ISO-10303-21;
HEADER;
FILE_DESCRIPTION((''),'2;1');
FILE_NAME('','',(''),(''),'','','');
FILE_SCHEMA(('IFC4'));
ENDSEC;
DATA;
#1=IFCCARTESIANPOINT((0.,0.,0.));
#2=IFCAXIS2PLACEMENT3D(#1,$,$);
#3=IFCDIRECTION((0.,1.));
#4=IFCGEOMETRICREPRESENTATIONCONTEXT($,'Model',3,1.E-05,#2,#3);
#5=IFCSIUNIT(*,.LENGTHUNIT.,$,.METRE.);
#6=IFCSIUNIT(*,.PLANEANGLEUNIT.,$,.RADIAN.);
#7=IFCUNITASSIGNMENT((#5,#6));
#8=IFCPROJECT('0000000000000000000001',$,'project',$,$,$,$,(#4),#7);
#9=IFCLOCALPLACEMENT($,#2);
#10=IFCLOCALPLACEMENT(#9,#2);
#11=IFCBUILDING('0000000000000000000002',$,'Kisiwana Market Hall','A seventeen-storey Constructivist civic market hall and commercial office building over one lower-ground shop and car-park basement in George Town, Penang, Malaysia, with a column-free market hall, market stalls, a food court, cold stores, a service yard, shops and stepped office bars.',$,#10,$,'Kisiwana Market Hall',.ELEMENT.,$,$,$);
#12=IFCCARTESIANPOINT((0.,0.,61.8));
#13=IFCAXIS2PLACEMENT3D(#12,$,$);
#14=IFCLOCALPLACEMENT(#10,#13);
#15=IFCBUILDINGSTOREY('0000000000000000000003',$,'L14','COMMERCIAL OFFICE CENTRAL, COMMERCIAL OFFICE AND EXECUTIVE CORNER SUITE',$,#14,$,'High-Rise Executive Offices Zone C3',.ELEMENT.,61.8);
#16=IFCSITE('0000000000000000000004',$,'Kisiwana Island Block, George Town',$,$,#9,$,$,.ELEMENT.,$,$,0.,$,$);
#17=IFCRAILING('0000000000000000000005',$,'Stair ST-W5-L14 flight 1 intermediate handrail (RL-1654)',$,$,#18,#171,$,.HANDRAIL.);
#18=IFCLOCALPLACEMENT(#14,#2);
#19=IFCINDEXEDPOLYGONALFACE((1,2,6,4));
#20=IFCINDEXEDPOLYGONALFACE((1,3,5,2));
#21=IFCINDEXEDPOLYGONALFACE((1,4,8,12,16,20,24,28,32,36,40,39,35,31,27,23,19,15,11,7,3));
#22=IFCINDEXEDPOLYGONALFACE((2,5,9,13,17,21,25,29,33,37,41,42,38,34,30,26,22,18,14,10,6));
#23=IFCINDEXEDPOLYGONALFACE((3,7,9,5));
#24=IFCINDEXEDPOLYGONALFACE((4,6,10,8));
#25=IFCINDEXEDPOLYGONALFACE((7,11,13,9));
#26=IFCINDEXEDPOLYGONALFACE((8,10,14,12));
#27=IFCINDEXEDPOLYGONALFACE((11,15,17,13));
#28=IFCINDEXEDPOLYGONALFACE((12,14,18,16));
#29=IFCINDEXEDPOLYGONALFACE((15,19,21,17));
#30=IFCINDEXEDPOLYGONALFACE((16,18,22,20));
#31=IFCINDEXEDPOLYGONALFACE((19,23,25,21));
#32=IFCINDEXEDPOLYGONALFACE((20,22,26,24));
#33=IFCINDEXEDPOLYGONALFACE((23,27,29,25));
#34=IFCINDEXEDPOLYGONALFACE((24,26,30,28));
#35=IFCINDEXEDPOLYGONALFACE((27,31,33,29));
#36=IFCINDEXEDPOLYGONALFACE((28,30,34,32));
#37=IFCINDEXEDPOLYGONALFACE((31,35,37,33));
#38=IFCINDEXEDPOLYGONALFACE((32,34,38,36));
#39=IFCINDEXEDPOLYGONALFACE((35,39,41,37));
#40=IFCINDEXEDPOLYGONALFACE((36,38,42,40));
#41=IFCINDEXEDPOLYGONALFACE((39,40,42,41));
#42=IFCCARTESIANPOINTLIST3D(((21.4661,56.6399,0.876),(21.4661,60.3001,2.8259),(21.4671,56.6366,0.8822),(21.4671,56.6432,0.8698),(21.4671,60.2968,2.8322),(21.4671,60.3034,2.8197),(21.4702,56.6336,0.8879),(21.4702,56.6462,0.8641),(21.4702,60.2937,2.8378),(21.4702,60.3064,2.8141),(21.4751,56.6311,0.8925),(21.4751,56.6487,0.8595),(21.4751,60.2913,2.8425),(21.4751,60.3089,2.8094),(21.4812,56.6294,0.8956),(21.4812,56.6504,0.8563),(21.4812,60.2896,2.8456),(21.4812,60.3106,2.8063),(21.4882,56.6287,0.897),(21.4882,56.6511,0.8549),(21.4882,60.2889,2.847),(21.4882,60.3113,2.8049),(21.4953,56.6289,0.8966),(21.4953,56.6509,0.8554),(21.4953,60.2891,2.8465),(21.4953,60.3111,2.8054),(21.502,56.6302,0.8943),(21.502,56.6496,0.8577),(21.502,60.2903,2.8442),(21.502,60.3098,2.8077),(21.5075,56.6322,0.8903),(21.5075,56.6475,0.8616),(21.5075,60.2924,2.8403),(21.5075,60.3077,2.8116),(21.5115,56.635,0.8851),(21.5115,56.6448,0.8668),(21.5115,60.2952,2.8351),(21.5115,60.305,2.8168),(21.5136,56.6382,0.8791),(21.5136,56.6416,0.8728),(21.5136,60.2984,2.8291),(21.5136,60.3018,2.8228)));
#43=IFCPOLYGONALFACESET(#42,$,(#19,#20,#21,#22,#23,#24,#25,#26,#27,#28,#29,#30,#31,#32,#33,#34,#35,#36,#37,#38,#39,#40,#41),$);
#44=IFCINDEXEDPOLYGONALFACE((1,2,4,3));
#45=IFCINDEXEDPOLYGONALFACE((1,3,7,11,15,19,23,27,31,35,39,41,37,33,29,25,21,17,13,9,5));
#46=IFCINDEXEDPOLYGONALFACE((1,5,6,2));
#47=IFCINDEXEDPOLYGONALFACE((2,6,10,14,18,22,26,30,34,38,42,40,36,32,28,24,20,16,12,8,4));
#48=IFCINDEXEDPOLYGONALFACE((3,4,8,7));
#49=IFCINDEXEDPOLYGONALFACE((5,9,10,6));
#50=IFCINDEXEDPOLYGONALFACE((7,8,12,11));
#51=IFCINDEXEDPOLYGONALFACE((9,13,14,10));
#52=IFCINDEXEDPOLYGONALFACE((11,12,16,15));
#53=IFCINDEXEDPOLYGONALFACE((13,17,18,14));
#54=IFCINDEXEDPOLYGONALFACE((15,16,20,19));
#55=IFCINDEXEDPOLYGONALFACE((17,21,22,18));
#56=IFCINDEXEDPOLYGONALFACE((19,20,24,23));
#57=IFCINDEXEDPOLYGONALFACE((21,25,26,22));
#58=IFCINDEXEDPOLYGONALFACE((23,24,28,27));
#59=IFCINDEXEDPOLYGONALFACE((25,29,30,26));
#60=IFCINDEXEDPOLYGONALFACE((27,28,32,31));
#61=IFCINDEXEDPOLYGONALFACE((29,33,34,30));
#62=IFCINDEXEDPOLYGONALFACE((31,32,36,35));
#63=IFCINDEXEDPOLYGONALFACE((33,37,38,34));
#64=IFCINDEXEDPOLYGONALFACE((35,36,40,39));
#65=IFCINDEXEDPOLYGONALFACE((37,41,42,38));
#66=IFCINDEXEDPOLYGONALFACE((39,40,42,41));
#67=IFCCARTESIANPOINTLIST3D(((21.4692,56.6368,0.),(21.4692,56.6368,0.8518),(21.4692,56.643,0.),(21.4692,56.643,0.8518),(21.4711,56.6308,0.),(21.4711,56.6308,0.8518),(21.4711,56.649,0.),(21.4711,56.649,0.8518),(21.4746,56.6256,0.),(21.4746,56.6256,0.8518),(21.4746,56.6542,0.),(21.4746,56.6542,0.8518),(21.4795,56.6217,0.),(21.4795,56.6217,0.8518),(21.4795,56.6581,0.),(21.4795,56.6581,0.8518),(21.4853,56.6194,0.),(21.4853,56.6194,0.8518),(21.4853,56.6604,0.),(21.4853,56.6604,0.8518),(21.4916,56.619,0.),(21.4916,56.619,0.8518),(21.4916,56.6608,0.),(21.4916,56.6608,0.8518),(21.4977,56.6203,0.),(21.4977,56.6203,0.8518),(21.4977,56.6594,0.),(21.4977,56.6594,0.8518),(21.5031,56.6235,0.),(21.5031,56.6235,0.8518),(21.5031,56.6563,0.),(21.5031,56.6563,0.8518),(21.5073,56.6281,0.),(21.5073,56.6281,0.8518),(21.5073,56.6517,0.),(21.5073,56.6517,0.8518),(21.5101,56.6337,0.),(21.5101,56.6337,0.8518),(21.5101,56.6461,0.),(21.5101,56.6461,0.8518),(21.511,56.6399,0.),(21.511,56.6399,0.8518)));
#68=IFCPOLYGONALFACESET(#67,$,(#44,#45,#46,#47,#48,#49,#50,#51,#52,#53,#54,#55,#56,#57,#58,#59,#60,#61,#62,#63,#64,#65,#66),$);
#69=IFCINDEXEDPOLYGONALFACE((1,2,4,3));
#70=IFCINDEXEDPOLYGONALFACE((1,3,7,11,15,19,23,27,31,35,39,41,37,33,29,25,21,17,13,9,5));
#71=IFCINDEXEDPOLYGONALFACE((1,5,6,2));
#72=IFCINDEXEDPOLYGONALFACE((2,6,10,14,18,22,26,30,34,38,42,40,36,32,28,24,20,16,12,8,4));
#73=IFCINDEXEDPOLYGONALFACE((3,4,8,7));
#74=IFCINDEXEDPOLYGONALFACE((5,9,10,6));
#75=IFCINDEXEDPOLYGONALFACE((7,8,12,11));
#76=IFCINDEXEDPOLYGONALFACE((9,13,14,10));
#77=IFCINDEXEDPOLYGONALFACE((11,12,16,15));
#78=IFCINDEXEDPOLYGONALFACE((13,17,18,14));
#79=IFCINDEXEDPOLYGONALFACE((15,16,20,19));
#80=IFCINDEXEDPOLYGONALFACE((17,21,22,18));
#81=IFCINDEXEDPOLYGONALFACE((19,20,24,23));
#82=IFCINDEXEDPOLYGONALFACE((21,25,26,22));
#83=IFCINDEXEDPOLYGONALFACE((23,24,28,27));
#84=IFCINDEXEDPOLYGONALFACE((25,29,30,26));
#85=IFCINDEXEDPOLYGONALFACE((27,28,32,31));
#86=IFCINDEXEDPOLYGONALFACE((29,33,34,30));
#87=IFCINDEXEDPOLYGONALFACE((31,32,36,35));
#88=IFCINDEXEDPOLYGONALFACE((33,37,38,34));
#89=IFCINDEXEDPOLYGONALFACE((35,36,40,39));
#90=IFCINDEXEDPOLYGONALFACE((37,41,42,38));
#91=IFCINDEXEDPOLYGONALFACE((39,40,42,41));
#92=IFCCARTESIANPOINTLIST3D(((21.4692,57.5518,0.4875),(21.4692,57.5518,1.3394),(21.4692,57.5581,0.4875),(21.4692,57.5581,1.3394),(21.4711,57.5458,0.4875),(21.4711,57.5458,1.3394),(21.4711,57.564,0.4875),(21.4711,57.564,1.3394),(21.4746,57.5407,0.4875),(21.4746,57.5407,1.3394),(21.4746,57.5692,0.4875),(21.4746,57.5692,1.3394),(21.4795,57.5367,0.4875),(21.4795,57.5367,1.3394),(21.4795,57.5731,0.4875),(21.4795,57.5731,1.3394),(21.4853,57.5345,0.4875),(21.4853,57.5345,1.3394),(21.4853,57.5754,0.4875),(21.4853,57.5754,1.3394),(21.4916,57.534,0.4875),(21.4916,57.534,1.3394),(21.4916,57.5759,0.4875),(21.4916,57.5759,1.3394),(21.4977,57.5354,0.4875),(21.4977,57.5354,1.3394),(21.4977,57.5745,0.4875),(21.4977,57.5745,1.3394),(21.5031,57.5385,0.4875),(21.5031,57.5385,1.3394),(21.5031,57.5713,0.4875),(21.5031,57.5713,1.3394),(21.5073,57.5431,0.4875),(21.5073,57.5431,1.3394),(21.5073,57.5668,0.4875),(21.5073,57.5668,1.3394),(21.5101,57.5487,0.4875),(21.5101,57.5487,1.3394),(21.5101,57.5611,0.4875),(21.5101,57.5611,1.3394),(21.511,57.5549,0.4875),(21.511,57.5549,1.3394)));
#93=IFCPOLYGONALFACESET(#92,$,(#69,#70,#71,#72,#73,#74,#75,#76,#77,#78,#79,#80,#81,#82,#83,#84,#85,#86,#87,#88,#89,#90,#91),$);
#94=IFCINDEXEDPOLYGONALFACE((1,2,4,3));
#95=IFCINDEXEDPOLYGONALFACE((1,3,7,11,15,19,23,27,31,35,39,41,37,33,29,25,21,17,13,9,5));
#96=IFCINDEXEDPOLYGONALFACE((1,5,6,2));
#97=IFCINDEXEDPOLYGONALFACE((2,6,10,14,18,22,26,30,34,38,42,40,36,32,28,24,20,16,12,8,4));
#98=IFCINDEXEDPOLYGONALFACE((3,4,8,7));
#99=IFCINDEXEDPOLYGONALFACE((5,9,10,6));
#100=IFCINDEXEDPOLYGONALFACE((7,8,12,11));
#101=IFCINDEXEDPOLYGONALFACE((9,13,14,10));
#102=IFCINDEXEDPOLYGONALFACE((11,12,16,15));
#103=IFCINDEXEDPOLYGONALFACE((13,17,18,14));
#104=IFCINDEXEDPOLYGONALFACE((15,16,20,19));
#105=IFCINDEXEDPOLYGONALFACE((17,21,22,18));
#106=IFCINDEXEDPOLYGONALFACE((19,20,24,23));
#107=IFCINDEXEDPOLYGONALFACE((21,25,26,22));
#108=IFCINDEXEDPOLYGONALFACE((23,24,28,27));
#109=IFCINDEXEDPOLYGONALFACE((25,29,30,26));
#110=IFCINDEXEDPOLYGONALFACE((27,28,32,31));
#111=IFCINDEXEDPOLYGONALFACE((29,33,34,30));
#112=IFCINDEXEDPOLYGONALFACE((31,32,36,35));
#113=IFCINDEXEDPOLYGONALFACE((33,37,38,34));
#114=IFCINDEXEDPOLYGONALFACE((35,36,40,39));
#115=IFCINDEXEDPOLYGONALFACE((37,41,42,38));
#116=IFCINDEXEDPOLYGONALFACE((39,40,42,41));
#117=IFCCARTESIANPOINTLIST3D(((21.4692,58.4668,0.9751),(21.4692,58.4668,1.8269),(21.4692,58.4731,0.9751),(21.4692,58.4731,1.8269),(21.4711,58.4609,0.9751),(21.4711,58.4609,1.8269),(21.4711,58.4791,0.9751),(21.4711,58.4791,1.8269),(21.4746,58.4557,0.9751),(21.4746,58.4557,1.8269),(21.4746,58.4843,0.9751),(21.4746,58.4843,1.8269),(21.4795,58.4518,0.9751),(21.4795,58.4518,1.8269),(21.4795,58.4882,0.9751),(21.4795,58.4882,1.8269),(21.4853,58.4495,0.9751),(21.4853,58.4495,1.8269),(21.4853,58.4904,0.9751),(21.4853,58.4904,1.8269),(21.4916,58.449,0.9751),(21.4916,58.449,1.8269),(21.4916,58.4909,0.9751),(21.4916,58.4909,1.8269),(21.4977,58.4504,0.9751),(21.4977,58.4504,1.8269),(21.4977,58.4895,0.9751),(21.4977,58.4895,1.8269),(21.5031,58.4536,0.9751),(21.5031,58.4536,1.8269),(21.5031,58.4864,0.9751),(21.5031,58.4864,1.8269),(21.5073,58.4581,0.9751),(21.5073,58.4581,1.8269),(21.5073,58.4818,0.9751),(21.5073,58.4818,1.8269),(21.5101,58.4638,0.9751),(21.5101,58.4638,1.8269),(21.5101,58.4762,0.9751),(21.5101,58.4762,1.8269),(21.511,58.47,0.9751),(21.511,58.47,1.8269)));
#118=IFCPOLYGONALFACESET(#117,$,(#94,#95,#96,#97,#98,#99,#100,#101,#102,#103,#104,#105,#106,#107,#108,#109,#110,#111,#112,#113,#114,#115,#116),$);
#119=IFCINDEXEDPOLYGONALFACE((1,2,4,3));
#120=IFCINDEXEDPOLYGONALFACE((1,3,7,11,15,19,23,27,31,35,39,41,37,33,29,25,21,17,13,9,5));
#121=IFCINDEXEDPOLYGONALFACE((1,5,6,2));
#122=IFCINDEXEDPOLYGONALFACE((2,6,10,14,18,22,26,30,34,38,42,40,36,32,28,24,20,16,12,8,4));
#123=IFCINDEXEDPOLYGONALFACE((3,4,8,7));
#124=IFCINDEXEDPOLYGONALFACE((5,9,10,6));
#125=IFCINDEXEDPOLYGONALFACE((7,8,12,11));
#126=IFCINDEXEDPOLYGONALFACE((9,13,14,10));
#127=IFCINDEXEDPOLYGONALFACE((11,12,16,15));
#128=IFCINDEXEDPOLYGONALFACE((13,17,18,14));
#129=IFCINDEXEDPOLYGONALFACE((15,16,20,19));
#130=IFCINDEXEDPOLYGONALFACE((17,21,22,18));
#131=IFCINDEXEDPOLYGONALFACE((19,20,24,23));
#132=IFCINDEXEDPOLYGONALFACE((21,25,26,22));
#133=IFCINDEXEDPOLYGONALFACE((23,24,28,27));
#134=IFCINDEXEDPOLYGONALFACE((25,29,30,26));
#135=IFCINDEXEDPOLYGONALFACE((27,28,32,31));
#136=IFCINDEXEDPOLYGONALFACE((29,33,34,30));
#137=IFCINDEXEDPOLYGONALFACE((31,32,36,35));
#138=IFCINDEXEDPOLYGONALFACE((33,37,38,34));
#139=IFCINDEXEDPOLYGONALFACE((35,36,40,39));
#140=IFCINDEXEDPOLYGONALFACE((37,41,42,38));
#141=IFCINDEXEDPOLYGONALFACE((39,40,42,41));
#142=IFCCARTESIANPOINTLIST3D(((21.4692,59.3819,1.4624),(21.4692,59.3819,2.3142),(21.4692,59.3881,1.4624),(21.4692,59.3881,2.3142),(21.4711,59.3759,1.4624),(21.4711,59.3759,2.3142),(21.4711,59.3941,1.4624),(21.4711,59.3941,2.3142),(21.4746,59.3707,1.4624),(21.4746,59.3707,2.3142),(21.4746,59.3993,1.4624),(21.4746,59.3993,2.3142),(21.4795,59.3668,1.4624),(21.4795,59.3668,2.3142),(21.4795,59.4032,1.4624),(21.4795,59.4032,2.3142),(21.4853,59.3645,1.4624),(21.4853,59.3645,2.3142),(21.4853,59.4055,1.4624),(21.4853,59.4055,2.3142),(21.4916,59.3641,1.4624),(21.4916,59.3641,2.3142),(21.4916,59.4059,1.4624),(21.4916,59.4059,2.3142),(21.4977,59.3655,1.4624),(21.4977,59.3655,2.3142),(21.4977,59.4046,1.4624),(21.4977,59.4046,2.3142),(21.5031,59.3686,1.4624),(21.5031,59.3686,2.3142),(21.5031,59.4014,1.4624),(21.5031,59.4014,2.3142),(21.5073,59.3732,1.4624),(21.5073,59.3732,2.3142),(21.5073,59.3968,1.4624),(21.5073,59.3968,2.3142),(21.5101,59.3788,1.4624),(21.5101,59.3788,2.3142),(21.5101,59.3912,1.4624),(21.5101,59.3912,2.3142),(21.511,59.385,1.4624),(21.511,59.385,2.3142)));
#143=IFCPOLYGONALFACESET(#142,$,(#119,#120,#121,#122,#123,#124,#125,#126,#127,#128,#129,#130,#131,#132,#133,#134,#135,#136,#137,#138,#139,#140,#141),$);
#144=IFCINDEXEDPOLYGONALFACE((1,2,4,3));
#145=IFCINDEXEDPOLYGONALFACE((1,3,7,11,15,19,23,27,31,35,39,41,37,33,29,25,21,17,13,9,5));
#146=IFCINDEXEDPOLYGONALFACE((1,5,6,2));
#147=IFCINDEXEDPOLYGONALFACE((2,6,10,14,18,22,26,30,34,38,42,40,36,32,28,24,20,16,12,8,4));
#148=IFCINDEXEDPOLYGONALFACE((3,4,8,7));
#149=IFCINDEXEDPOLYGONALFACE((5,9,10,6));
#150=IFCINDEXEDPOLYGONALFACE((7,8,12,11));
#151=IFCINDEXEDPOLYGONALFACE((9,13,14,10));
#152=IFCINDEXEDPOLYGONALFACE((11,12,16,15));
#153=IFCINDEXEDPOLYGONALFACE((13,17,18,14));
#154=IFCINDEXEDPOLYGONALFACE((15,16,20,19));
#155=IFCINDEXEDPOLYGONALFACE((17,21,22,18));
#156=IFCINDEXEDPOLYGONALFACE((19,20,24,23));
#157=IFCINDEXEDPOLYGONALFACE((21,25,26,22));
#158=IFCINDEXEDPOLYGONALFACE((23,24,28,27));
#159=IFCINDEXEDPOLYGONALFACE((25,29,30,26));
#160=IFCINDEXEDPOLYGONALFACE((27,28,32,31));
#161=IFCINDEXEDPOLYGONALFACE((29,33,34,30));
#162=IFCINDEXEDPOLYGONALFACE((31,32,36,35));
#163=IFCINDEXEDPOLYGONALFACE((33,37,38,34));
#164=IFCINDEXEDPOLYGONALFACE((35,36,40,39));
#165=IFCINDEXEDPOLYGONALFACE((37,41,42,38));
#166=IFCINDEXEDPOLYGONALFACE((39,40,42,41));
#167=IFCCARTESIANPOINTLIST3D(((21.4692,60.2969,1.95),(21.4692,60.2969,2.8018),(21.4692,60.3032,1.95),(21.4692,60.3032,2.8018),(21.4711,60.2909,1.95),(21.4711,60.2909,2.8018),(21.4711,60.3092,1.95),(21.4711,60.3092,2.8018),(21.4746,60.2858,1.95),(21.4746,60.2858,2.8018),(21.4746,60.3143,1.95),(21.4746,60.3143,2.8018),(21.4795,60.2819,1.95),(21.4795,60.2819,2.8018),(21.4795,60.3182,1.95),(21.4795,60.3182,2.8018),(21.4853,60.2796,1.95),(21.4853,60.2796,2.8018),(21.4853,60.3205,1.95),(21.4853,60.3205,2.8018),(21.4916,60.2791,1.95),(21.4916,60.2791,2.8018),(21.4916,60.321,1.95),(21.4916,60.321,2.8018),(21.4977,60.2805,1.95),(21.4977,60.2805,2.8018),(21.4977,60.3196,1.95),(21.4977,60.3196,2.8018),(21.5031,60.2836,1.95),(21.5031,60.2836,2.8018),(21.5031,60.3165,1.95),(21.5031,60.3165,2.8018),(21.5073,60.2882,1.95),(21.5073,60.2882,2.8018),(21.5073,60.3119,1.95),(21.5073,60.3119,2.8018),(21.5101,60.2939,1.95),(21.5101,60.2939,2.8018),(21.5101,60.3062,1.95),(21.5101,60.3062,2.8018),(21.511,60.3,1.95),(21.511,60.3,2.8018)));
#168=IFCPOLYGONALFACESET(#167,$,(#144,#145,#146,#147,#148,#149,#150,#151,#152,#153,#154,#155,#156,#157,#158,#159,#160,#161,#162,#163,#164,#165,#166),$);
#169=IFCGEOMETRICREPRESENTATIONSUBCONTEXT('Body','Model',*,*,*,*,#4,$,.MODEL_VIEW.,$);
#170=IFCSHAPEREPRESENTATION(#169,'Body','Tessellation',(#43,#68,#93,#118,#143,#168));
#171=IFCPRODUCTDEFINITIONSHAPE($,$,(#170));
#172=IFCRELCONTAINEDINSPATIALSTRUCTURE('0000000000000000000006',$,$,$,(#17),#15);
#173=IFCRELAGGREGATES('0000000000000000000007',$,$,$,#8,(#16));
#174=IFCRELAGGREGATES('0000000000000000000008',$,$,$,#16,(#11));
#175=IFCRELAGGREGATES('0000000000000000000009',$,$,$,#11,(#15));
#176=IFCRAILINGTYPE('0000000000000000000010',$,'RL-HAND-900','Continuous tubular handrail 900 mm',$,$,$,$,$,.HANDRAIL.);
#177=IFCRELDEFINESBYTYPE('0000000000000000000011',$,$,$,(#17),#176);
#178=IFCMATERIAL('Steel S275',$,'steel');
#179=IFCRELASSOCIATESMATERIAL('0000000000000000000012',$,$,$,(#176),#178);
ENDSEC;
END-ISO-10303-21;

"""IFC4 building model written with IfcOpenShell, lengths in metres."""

from ifc_helpers import new_model, si_unit, direction, frame, origin, origin_2d, place, context, subcontext, project, spatial, circle, extrude, material, type_object, element, save


model = new_model("IFC4")

# Units and contexts
model_context = context("Model", 3, precision=1e-05, world=origin(), true_north=direction((0.0, 1.0)))
body_context = subcontext(model_context, "Body", "Model", "MODEL_VIEW")
ifc_project = project(units=[si_unit("LENGTHUNIT", "METRE"), si_unit("PLANEANGLEUNIT", "RADIAN")], contexts=[model_context])

# Site, building, storey
site_placement = place(None, origin())
site = spatial("IfcSite", under=ifc_project, at=site_placement, Name="Kisiwana Island Block, George Town", CompositionType="ELEMENT", RefElevation=0.0)
building_placement = place(site_placement, origin())
building = spatial("IfcBuilding", under=site, at=building_placement, Name="Kisiwana Market Hall", Description="A seventeen-storey Constructivist civic market hall and commercial office building over one lower-ground shop and car-park basement in George Town, Penang, Malaysia, with a column-free market hall, market stalls, a food court, cold stores, a service yard, shops and stepped office bars.", LongName="Kisiwana Market Hall", CompositionType="ELEMENT")
storey_placement = place(building_placement, frame((0.0, 0.0, 61.8)))
storey = spatial("IfcBuildingStorey", under=building, at=storey_placement, Name="L14", Description="COMMERCIAL OFFICE CENTRAL, COMMERCIAL OFFICE AND EXECUTIVE CORNER SUITE", LongName="High-Rise Executive Offices Zone C3", CompositionType="ELEMENT", Elevation=61.8)

# Railing
ifc_material_1 = material(Name="Steel S275", Category="steel")
railing_type_1 = type_object("IfcRailingType", Name="RL-HAND-900", Description="Continuous tubular handrail 900 mm", PredefinedType="HANDRAIL", material=ifc_material_1)
railing_1_placement = place(storey_placement, frame((21.49, 56.6399, 0.0)))
element("IfcRailing", 1, at=railing_1_placement, inside=storey, type_object=railing_type_1, Name="Stair ST-W5-L14 flight 1 intermediate handrail (RL-1654)", PredefinedType="HANDRAIL", context=body_context, shape_type="SweptSolid", body=[
    extrude(circle(Radius=0.0239, at=origin_2d()), frame((0.0, 0.0, 0.876), z_axis=(0.0, 0.882566, 0.470188), x_axis=(-1.0, 0.0, 0.0)), (0.0, 0.0, 1.0), 4.1472),
    extrude(circle(Radius=0.021, at=origin_2d()), origin(), (0.0, 0.0, 1.0), 0.8518),
    extrude(circle(Radius=0.021, at=origin_2d()), frame((0.0, 0.915, 0.4875)), (0.0, 0.0, 1.0), 0.8518),
    extrude(circle(Radius=0.021, at=origin_2d()), frame((0.0, 1.8301, 0.9751)), (0.0, 0.0, 1.0), 0.8518),
    extrude(circle(Radius=0.021, at=origin_2d()), frame((0.0, 2.7451, 1.4624)), (0.0, 0.0, 1.0), 0.8518),
    extrude(circle(Radius=0.021, at=origin_2d()), frame((0.0, 3.6602, 1.95)), (0.0, 0.0, 1.0), 0.8518),
])

save(model, "model.ifc")
